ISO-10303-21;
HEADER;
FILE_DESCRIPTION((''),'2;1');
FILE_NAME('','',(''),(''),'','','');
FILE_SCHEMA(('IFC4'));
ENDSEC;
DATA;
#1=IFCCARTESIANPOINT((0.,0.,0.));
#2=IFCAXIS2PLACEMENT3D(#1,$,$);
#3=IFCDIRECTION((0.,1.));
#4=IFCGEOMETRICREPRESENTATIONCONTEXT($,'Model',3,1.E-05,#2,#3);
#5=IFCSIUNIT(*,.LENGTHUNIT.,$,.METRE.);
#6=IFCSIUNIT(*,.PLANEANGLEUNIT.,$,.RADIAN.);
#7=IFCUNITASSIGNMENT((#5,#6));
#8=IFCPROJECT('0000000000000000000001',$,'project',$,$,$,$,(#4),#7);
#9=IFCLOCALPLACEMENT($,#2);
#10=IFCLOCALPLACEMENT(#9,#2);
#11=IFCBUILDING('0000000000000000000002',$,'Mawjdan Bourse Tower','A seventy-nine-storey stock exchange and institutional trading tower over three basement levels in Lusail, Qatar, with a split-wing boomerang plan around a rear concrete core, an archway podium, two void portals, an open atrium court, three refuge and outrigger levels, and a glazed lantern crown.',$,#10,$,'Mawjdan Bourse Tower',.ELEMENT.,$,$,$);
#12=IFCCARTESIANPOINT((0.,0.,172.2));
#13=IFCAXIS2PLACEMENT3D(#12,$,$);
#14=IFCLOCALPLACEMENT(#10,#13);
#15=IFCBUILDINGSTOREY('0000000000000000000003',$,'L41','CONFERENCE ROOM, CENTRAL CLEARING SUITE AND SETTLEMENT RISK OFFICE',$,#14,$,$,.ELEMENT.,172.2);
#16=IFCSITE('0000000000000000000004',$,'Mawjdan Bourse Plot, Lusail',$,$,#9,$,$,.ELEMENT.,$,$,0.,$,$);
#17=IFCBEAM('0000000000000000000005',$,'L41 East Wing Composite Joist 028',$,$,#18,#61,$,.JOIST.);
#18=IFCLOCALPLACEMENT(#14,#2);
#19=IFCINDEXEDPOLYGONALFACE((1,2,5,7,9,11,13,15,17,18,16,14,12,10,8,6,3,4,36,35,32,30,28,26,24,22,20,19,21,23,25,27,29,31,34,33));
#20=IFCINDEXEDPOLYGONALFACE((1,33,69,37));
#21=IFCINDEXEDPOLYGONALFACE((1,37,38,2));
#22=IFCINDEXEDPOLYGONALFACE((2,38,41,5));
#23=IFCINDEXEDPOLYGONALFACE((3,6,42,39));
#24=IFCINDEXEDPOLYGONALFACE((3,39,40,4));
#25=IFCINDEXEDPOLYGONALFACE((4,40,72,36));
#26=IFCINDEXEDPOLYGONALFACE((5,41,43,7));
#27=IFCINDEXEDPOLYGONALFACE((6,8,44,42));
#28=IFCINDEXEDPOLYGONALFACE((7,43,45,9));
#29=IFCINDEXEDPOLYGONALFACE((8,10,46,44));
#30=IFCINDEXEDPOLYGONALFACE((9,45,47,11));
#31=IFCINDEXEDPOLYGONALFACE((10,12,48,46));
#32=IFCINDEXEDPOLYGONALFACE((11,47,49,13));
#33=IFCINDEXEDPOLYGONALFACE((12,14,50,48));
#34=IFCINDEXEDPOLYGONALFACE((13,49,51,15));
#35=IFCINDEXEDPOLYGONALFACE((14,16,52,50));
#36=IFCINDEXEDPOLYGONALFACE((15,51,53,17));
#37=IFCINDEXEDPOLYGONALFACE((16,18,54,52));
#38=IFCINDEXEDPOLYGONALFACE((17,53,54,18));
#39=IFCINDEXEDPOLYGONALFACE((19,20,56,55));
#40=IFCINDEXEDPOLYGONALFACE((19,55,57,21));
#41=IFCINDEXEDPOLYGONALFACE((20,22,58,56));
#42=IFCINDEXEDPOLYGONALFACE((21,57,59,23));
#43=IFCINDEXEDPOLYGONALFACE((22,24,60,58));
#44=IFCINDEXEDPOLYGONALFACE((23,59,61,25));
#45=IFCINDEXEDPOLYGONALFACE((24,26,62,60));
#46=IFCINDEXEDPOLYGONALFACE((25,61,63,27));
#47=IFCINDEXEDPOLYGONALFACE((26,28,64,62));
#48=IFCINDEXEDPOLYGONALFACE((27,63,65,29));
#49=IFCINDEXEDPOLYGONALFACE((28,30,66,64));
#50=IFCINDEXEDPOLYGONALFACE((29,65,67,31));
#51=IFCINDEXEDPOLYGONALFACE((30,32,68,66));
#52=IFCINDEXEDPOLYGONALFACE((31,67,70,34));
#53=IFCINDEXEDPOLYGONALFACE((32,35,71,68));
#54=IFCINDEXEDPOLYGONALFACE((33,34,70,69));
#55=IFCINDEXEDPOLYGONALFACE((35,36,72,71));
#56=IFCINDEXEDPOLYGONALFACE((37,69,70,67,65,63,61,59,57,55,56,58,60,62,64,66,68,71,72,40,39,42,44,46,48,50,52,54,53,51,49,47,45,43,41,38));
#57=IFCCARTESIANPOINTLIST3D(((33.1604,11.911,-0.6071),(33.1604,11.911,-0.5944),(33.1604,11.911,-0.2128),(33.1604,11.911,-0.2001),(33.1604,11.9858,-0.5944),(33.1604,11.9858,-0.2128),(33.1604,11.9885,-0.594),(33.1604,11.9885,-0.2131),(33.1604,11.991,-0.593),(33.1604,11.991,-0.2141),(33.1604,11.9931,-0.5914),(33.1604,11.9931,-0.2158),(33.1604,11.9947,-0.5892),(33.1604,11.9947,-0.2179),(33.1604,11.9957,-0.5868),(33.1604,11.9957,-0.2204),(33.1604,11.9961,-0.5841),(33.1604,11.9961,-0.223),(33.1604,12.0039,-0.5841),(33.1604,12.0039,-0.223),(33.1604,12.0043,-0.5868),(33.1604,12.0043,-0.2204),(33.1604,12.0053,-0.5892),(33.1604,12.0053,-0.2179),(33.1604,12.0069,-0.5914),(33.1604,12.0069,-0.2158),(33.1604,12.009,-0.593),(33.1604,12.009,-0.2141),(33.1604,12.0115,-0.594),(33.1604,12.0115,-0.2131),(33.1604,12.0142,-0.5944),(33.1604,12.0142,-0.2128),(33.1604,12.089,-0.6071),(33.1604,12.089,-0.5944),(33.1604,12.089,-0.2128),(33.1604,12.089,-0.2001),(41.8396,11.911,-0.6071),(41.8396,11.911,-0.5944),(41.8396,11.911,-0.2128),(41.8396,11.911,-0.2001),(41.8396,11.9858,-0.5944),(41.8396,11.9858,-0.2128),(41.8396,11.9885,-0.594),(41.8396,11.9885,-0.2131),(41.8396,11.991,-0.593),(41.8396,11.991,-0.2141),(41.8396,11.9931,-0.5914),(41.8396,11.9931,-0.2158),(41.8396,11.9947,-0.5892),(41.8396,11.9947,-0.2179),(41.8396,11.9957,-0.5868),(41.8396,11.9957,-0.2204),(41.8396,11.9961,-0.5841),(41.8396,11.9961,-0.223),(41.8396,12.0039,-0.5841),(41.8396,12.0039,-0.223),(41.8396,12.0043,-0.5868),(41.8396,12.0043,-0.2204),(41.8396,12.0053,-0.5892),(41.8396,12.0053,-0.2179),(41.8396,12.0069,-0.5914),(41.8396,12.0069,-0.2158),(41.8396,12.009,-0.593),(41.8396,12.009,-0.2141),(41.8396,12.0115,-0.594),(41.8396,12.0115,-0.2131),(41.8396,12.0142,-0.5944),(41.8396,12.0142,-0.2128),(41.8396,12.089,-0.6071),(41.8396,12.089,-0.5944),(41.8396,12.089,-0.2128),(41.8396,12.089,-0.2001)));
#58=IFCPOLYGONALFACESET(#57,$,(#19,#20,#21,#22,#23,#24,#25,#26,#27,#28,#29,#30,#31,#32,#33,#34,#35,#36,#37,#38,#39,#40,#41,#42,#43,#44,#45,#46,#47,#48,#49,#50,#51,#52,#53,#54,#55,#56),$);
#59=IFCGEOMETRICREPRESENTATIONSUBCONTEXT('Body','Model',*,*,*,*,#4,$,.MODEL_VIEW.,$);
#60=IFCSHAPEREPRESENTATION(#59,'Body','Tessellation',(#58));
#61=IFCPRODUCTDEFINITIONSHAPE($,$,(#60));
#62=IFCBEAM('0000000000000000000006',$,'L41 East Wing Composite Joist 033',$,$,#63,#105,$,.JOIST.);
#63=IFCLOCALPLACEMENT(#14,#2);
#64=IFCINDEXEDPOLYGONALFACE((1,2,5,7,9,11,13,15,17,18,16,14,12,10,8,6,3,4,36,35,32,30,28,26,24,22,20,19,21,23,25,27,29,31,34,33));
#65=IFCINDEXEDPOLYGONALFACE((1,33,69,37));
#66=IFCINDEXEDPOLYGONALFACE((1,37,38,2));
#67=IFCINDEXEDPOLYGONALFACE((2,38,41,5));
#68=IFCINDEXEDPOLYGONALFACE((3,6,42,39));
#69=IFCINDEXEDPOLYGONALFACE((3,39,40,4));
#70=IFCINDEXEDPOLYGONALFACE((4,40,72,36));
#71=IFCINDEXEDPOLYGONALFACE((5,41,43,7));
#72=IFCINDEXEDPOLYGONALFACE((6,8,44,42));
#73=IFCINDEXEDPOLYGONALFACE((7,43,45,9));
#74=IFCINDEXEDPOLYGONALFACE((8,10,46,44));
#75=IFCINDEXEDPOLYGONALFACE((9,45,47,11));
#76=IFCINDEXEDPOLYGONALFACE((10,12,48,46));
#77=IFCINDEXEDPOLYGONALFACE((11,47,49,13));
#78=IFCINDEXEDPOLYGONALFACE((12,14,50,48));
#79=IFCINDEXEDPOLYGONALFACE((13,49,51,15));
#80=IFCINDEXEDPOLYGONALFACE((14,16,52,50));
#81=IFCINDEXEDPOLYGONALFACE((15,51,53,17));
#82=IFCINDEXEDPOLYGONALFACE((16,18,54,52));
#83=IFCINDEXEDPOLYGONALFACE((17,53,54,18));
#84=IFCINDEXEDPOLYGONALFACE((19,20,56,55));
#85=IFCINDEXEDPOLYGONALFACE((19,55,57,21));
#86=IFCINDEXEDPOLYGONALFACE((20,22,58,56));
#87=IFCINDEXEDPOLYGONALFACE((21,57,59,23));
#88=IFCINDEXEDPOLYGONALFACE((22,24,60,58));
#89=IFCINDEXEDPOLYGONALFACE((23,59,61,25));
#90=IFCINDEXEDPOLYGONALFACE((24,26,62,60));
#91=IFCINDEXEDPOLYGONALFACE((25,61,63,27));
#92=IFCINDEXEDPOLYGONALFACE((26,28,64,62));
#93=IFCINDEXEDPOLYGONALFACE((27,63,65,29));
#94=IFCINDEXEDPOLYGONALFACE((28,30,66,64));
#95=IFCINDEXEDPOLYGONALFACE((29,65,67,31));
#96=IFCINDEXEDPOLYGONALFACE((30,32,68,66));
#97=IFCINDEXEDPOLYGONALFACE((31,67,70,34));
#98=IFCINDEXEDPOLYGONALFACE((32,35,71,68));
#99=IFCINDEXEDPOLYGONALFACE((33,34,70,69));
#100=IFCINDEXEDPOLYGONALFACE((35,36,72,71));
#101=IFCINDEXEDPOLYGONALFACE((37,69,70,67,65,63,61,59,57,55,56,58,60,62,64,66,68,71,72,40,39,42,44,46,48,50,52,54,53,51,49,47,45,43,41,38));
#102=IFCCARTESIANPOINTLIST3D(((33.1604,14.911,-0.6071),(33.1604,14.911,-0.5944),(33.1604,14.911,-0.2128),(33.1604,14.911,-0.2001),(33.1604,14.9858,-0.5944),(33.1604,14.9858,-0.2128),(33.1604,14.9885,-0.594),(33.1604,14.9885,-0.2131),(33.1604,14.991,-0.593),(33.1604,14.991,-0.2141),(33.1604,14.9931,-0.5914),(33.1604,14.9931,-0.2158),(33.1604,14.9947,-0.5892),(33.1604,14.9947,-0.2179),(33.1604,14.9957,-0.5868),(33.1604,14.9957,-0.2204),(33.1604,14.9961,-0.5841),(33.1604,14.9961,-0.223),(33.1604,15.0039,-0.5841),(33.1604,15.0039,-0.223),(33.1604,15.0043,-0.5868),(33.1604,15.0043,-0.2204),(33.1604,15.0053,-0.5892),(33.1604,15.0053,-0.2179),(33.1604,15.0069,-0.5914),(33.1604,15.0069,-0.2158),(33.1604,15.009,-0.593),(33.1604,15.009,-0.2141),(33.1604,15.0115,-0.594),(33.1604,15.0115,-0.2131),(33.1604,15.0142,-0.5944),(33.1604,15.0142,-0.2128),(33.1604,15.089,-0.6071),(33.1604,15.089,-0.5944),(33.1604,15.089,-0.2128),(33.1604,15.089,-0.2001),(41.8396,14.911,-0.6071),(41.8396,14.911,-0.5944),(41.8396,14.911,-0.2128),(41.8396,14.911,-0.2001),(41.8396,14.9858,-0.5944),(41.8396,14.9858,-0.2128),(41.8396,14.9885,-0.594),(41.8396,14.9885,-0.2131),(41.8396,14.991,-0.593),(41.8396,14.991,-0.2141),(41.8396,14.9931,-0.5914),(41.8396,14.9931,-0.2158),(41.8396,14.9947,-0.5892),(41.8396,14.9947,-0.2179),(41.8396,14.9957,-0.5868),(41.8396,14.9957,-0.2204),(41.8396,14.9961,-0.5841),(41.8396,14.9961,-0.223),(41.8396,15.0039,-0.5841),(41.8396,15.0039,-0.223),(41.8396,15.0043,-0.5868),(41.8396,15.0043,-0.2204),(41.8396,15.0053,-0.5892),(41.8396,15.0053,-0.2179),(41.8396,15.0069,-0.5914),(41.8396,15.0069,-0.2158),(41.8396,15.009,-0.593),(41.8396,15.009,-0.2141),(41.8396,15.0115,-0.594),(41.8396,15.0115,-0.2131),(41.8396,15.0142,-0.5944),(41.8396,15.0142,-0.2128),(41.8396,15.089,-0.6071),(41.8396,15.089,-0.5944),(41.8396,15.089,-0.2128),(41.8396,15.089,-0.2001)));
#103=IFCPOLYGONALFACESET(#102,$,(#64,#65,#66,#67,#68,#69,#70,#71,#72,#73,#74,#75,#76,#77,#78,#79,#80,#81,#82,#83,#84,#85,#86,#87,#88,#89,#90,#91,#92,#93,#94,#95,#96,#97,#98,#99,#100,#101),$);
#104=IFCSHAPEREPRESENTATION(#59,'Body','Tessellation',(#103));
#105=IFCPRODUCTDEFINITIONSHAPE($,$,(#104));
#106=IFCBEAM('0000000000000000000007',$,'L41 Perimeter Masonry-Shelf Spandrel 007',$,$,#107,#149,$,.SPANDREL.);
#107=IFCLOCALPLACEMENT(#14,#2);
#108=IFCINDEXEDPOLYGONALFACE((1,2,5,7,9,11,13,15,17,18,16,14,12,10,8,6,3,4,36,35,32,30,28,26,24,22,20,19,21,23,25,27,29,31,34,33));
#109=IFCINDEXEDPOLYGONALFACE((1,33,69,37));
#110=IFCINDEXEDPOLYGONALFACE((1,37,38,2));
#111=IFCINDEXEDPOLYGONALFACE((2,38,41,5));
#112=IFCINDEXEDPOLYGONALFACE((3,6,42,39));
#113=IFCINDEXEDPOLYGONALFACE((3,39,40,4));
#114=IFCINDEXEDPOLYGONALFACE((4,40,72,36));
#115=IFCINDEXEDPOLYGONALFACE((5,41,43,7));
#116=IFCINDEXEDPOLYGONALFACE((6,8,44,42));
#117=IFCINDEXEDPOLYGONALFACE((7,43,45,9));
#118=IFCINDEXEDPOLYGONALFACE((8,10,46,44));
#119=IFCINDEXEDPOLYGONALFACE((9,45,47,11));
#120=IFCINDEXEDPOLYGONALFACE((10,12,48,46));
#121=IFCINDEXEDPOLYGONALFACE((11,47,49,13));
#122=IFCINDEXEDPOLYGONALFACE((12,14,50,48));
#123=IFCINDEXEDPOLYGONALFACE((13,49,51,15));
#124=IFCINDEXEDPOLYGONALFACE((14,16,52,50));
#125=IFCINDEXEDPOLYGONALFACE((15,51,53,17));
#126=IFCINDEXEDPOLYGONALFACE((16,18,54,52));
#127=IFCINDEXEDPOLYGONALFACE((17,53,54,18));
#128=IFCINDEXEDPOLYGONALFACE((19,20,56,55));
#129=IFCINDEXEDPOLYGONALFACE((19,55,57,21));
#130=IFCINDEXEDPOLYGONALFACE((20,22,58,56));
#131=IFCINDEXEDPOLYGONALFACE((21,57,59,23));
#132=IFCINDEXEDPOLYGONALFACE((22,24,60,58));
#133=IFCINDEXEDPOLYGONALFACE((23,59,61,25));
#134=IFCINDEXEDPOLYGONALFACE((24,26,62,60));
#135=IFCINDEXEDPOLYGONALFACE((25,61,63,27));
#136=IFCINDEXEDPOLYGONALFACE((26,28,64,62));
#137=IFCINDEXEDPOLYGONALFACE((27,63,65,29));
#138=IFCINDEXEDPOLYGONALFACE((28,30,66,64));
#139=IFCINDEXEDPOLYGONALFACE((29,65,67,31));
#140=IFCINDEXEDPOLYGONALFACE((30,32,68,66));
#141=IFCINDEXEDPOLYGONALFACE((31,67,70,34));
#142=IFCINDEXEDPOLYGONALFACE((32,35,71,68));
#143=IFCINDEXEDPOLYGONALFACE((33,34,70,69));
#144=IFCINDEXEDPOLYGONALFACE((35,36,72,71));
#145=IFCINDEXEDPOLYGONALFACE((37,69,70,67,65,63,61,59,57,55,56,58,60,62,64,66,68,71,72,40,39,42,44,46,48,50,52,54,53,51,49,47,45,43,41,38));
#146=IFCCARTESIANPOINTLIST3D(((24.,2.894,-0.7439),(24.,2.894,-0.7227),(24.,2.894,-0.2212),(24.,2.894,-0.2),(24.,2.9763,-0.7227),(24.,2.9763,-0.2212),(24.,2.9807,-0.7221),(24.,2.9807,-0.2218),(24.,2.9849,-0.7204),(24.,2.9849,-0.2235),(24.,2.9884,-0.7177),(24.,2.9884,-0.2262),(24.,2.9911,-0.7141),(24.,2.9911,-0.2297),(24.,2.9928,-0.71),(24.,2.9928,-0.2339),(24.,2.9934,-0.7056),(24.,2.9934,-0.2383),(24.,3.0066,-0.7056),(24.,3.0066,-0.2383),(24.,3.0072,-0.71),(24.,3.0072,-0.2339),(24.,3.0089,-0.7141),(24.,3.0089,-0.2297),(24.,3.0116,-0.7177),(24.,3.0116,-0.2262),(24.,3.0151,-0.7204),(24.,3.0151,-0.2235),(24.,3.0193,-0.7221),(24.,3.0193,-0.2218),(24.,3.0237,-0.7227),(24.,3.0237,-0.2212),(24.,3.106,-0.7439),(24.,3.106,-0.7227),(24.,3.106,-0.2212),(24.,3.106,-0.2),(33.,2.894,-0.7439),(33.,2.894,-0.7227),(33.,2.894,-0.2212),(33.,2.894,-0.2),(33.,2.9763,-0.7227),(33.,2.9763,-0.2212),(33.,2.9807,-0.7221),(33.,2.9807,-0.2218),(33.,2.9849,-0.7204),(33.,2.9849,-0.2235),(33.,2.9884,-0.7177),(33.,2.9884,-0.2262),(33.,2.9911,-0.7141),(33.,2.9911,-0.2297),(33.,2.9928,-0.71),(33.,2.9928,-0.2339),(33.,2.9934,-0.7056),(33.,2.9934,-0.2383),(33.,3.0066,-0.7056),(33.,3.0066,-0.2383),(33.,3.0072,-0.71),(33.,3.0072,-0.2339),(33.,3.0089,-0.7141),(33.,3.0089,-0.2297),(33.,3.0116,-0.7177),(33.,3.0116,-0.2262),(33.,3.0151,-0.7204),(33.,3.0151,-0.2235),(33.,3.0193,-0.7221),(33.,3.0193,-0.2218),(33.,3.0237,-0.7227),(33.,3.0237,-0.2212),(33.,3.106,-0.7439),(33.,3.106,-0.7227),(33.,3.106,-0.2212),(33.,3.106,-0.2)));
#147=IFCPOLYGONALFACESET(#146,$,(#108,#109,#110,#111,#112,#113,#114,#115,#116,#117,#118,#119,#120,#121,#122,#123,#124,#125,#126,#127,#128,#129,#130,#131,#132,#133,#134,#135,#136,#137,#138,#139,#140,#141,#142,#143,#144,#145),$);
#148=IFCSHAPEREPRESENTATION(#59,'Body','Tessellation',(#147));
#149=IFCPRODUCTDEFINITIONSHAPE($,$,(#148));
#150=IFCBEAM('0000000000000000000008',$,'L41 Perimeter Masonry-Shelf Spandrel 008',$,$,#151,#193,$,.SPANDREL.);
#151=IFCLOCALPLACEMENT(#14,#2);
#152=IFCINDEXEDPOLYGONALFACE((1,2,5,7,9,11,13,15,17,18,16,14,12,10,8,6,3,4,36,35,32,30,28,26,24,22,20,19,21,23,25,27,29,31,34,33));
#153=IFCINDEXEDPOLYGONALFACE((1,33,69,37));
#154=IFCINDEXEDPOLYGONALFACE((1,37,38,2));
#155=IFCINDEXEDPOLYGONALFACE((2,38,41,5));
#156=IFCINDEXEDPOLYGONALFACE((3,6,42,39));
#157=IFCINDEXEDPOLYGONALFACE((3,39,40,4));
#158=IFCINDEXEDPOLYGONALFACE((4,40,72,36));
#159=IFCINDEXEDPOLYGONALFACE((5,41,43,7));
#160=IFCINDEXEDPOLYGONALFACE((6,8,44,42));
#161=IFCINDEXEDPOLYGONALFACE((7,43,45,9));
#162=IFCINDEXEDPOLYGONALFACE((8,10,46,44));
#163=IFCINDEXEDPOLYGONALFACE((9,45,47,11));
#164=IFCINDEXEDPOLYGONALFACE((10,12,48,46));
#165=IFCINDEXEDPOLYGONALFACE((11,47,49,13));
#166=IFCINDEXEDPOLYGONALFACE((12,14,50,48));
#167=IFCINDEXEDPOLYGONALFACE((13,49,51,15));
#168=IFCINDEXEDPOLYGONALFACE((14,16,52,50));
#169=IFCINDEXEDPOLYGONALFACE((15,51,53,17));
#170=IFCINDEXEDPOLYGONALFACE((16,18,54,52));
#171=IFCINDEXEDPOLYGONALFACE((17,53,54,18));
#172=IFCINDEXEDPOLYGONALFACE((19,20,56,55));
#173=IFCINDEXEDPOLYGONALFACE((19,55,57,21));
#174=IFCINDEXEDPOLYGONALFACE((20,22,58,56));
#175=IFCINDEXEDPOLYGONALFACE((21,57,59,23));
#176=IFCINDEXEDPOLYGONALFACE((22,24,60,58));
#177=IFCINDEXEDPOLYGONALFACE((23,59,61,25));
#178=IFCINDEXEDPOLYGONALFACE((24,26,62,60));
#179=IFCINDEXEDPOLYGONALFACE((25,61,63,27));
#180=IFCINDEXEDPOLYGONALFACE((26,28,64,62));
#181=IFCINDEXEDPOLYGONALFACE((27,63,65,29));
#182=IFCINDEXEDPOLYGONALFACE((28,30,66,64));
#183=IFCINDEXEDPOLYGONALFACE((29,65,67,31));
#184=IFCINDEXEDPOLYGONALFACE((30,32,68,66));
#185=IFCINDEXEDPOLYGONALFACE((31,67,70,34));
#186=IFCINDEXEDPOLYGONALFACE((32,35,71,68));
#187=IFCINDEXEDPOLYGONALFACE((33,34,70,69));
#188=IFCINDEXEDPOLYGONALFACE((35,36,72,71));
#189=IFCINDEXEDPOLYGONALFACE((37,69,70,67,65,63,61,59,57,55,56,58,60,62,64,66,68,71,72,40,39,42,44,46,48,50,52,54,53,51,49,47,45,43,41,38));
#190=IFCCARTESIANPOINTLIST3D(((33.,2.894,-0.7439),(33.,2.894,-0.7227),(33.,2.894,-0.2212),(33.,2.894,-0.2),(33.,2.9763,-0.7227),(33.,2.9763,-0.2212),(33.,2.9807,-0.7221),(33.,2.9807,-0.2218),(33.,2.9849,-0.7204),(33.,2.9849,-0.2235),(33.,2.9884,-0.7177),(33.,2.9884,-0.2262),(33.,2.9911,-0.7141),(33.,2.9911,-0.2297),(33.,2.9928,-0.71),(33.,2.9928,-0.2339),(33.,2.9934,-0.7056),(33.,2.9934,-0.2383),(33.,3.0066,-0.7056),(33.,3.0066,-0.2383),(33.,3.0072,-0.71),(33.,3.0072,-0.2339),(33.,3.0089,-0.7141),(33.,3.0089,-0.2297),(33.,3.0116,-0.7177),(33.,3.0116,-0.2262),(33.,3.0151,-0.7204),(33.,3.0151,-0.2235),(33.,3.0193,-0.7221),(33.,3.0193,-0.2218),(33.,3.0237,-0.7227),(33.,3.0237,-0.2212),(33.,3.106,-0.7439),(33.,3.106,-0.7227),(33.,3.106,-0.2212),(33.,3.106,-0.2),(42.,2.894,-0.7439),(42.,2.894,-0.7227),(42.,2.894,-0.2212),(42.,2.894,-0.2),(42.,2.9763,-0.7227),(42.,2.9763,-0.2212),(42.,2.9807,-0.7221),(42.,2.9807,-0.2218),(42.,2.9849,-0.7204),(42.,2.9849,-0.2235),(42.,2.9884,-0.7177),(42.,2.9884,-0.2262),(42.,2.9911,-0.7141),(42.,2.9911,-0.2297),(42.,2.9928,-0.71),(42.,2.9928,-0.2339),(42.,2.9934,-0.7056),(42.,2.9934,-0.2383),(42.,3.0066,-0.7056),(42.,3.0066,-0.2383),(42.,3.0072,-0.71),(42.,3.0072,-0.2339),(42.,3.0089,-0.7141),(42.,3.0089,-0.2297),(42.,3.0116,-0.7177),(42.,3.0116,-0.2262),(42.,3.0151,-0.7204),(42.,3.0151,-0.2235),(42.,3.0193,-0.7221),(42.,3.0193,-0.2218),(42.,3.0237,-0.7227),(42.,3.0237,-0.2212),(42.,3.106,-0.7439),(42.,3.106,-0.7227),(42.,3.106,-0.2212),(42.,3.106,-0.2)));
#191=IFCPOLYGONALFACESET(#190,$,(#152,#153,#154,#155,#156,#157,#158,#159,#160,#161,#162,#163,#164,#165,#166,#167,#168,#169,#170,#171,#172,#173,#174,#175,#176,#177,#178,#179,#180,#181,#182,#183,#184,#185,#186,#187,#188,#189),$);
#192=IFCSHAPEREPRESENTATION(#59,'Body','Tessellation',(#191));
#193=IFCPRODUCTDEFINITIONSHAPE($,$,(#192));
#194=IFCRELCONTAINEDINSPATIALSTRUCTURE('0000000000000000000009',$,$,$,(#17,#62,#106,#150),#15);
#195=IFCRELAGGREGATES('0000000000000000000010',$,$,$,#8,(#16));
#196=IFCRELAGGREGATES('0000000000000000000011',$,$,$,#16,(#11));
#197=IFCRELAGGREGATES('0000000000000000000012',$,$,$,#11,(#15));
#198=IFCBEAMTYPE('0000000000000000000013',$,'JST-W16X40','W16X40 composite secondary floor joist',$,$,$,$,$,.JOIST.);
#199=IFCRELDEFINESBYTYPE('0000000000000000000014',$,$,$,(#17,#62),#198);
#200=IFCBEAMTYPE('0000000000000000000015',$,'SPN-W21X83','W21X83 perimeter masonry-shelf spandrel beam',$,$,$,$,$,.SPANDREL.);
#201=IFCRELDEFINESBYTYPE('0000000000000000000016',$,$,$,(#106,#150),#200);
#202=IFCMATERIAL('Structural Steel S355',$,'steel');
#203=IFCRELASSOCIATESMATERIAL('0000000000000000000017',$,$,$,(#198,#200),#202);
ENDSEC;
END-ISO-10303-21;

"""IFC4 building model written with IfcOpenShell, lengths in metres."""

from ifc_helpers import new_model, si_unit, direction, frame, origin, origin_2d, place, context, subcontext, project, spatial, i_section, extrude, material, material_profile, profile_set, type_object, element, save


model = new_model("IFC4")

# Units and contexts
model_context = context("Model", 3, precision=1e-05, world=origin(), true_north=direction((0.0, 1.0)))
body_context = subcontext(model_context, "Body", "Model", "MODEL_VIEW")
ifc_project = project(units=[si_unit("LENGTHUNIT", "METRE"), si_unit("PLANEANGLEUNIT", "RADIAN")], contexts=[model_context])

# Site, building, storey
site_placement = place(None, origin())
site = spatial("IfcSite", under=ifc_project, at=site_placement, Name="Mawjdan Bourse Plot, Lusail", CompositionType="ELEMENT", RefElevation=0.0)
building_placement = place(site_placement, origin())
building = spatial("IfcBuilding", under=site, at=building_placement, Name="Mawjdan Bourse Tower", Description="A seventy-nine-storey stock exchange and institutional trading tower over three basement levels in Lusail, Qatar, with a split-wing boomerang plan around a rear concrete core, an archway podium, two void portals, an open atrium court, three refuge and outrigger levels, and a glazed lantern crown.", LongName="Mawjdan Bourse Tower", CompositionType="ELEMENT")
storey_placement = place(building_placement, frame((0.0, 0.0, 172.2)))
storey = spatial("IfcBuildingStorey", under=building, at=storey_placement, Name="L41", Description="CONFERENCE ROOM, CENTRAL CLEARING SUITE AND SETTLEMENT RISK OFFICE", CompositionType="ELEMENT", Elevation=172.2)

# Beams
ifc_material_1 = material(Name="Structural Steel S355", Category="steel")
ifc_material_profile_1 = material_profile(ifc_material_1, i_section(OverallWidth=0.178, OverallDepth=0.407, WebThickness=0.0078, FlangeThickness=0.0127, FilletRadius=0.0103, at=origin_2d()), Name="W16X40")
ifc_profile_set_1 = profile_set([ifc_material_profile_1], Name="Structural Steel S355")
beam_type_1 = type_object("IfcBeamType", Name="JST-W16X40", Description="W16X40 composite secondary floor joist", PredefinedType="JOIST", material=ifc_profile_set_1)
for number, where, z_axis, x_axis, name in (
    (1, (33.1604, 12.0, -0.4036), (1.0, 0.0, 0.0), (0.0, 1.0, 0.0), "L41 East Wing Composite Joist 028"),
    (2, (33.1604, 15.0, -0.4036), (1.0, 0.0, 0.0), (0.0, 1.0, 0.0), "L41 East Wing Composite Joist 033"),
):
    element("IfcBeam", number, at=place(storey_placement, frame(where, z_axis=z_axis, x_axis=x_axis)), inside=storey, type_object=beam_type_1, Name=name, PredefinedType="JOIST", context=body_context, shape_type="SweptSolid", body=[
        extrude(i_section(OverallWidth=0.178, OverallDepth=0.407, WebThickness=0.0078, FlangeThickness=0.0127, FilletRadius=0.0103, at=origin_2d()), origin(), (0.0, 0.0, 1.0), 8.6792),
    ])
ifc_material_profile_2 = material_profile(ifc_material_1, i_section(OverallWidth=0.2119, OverallDepth=0.5439, WebThickness=0.0132, FlangeThickness=0.0212, FilletRadius=0.0171, at=origin_2d()), Name="W21X83")
ifc_profile_set_2 = profile_set([ifc_material_profile_2], Name="Structural Steel S355")
beam_type_2 = type_object("IfcBeamType", Name="SPN-W21X83", Description="W21X83 perimeter masonry-shelf spandrel beam", PredefinedType="SPANDREL", material=ifc_profile_set_2)
for number, where, z_axis, x_axis, name in (
    (3, (24.0, 3.0, -0.4719), (1.0, 0.0, 0.0), (0.0, 1.0, 0.0), "L41 Perimeter Masonry-Shelf Spandrel 007"),
    (4, (33.0, 3.0, -0.4719), (1.0, 0.0, 0.0), (0.0, 1.0, 0.0), "L41 Perimeter Masonry-Shelf Spandrel 008"),
):
    element("IfcBeam", number, at=place(storey_placement, frame(where, z_axis=z_axis, x_axis=x_axis)), inside=storey, type_object=beam_type_2, Name=name, PredefinedType="SPANDREL", context=body_context, shape_type="SweptSolid", body=[
        extrude(i_section(OverallWidth=0.2119, OverallDepth=0.5439, WebThickness=0.0132, FlangeThickness=0.0212, FilletRadius=0.0171, at=origin_2d()), origin(), (0.0, 0.0, 1.0), 9.0),
    ])

save(model, "model.ifc")
